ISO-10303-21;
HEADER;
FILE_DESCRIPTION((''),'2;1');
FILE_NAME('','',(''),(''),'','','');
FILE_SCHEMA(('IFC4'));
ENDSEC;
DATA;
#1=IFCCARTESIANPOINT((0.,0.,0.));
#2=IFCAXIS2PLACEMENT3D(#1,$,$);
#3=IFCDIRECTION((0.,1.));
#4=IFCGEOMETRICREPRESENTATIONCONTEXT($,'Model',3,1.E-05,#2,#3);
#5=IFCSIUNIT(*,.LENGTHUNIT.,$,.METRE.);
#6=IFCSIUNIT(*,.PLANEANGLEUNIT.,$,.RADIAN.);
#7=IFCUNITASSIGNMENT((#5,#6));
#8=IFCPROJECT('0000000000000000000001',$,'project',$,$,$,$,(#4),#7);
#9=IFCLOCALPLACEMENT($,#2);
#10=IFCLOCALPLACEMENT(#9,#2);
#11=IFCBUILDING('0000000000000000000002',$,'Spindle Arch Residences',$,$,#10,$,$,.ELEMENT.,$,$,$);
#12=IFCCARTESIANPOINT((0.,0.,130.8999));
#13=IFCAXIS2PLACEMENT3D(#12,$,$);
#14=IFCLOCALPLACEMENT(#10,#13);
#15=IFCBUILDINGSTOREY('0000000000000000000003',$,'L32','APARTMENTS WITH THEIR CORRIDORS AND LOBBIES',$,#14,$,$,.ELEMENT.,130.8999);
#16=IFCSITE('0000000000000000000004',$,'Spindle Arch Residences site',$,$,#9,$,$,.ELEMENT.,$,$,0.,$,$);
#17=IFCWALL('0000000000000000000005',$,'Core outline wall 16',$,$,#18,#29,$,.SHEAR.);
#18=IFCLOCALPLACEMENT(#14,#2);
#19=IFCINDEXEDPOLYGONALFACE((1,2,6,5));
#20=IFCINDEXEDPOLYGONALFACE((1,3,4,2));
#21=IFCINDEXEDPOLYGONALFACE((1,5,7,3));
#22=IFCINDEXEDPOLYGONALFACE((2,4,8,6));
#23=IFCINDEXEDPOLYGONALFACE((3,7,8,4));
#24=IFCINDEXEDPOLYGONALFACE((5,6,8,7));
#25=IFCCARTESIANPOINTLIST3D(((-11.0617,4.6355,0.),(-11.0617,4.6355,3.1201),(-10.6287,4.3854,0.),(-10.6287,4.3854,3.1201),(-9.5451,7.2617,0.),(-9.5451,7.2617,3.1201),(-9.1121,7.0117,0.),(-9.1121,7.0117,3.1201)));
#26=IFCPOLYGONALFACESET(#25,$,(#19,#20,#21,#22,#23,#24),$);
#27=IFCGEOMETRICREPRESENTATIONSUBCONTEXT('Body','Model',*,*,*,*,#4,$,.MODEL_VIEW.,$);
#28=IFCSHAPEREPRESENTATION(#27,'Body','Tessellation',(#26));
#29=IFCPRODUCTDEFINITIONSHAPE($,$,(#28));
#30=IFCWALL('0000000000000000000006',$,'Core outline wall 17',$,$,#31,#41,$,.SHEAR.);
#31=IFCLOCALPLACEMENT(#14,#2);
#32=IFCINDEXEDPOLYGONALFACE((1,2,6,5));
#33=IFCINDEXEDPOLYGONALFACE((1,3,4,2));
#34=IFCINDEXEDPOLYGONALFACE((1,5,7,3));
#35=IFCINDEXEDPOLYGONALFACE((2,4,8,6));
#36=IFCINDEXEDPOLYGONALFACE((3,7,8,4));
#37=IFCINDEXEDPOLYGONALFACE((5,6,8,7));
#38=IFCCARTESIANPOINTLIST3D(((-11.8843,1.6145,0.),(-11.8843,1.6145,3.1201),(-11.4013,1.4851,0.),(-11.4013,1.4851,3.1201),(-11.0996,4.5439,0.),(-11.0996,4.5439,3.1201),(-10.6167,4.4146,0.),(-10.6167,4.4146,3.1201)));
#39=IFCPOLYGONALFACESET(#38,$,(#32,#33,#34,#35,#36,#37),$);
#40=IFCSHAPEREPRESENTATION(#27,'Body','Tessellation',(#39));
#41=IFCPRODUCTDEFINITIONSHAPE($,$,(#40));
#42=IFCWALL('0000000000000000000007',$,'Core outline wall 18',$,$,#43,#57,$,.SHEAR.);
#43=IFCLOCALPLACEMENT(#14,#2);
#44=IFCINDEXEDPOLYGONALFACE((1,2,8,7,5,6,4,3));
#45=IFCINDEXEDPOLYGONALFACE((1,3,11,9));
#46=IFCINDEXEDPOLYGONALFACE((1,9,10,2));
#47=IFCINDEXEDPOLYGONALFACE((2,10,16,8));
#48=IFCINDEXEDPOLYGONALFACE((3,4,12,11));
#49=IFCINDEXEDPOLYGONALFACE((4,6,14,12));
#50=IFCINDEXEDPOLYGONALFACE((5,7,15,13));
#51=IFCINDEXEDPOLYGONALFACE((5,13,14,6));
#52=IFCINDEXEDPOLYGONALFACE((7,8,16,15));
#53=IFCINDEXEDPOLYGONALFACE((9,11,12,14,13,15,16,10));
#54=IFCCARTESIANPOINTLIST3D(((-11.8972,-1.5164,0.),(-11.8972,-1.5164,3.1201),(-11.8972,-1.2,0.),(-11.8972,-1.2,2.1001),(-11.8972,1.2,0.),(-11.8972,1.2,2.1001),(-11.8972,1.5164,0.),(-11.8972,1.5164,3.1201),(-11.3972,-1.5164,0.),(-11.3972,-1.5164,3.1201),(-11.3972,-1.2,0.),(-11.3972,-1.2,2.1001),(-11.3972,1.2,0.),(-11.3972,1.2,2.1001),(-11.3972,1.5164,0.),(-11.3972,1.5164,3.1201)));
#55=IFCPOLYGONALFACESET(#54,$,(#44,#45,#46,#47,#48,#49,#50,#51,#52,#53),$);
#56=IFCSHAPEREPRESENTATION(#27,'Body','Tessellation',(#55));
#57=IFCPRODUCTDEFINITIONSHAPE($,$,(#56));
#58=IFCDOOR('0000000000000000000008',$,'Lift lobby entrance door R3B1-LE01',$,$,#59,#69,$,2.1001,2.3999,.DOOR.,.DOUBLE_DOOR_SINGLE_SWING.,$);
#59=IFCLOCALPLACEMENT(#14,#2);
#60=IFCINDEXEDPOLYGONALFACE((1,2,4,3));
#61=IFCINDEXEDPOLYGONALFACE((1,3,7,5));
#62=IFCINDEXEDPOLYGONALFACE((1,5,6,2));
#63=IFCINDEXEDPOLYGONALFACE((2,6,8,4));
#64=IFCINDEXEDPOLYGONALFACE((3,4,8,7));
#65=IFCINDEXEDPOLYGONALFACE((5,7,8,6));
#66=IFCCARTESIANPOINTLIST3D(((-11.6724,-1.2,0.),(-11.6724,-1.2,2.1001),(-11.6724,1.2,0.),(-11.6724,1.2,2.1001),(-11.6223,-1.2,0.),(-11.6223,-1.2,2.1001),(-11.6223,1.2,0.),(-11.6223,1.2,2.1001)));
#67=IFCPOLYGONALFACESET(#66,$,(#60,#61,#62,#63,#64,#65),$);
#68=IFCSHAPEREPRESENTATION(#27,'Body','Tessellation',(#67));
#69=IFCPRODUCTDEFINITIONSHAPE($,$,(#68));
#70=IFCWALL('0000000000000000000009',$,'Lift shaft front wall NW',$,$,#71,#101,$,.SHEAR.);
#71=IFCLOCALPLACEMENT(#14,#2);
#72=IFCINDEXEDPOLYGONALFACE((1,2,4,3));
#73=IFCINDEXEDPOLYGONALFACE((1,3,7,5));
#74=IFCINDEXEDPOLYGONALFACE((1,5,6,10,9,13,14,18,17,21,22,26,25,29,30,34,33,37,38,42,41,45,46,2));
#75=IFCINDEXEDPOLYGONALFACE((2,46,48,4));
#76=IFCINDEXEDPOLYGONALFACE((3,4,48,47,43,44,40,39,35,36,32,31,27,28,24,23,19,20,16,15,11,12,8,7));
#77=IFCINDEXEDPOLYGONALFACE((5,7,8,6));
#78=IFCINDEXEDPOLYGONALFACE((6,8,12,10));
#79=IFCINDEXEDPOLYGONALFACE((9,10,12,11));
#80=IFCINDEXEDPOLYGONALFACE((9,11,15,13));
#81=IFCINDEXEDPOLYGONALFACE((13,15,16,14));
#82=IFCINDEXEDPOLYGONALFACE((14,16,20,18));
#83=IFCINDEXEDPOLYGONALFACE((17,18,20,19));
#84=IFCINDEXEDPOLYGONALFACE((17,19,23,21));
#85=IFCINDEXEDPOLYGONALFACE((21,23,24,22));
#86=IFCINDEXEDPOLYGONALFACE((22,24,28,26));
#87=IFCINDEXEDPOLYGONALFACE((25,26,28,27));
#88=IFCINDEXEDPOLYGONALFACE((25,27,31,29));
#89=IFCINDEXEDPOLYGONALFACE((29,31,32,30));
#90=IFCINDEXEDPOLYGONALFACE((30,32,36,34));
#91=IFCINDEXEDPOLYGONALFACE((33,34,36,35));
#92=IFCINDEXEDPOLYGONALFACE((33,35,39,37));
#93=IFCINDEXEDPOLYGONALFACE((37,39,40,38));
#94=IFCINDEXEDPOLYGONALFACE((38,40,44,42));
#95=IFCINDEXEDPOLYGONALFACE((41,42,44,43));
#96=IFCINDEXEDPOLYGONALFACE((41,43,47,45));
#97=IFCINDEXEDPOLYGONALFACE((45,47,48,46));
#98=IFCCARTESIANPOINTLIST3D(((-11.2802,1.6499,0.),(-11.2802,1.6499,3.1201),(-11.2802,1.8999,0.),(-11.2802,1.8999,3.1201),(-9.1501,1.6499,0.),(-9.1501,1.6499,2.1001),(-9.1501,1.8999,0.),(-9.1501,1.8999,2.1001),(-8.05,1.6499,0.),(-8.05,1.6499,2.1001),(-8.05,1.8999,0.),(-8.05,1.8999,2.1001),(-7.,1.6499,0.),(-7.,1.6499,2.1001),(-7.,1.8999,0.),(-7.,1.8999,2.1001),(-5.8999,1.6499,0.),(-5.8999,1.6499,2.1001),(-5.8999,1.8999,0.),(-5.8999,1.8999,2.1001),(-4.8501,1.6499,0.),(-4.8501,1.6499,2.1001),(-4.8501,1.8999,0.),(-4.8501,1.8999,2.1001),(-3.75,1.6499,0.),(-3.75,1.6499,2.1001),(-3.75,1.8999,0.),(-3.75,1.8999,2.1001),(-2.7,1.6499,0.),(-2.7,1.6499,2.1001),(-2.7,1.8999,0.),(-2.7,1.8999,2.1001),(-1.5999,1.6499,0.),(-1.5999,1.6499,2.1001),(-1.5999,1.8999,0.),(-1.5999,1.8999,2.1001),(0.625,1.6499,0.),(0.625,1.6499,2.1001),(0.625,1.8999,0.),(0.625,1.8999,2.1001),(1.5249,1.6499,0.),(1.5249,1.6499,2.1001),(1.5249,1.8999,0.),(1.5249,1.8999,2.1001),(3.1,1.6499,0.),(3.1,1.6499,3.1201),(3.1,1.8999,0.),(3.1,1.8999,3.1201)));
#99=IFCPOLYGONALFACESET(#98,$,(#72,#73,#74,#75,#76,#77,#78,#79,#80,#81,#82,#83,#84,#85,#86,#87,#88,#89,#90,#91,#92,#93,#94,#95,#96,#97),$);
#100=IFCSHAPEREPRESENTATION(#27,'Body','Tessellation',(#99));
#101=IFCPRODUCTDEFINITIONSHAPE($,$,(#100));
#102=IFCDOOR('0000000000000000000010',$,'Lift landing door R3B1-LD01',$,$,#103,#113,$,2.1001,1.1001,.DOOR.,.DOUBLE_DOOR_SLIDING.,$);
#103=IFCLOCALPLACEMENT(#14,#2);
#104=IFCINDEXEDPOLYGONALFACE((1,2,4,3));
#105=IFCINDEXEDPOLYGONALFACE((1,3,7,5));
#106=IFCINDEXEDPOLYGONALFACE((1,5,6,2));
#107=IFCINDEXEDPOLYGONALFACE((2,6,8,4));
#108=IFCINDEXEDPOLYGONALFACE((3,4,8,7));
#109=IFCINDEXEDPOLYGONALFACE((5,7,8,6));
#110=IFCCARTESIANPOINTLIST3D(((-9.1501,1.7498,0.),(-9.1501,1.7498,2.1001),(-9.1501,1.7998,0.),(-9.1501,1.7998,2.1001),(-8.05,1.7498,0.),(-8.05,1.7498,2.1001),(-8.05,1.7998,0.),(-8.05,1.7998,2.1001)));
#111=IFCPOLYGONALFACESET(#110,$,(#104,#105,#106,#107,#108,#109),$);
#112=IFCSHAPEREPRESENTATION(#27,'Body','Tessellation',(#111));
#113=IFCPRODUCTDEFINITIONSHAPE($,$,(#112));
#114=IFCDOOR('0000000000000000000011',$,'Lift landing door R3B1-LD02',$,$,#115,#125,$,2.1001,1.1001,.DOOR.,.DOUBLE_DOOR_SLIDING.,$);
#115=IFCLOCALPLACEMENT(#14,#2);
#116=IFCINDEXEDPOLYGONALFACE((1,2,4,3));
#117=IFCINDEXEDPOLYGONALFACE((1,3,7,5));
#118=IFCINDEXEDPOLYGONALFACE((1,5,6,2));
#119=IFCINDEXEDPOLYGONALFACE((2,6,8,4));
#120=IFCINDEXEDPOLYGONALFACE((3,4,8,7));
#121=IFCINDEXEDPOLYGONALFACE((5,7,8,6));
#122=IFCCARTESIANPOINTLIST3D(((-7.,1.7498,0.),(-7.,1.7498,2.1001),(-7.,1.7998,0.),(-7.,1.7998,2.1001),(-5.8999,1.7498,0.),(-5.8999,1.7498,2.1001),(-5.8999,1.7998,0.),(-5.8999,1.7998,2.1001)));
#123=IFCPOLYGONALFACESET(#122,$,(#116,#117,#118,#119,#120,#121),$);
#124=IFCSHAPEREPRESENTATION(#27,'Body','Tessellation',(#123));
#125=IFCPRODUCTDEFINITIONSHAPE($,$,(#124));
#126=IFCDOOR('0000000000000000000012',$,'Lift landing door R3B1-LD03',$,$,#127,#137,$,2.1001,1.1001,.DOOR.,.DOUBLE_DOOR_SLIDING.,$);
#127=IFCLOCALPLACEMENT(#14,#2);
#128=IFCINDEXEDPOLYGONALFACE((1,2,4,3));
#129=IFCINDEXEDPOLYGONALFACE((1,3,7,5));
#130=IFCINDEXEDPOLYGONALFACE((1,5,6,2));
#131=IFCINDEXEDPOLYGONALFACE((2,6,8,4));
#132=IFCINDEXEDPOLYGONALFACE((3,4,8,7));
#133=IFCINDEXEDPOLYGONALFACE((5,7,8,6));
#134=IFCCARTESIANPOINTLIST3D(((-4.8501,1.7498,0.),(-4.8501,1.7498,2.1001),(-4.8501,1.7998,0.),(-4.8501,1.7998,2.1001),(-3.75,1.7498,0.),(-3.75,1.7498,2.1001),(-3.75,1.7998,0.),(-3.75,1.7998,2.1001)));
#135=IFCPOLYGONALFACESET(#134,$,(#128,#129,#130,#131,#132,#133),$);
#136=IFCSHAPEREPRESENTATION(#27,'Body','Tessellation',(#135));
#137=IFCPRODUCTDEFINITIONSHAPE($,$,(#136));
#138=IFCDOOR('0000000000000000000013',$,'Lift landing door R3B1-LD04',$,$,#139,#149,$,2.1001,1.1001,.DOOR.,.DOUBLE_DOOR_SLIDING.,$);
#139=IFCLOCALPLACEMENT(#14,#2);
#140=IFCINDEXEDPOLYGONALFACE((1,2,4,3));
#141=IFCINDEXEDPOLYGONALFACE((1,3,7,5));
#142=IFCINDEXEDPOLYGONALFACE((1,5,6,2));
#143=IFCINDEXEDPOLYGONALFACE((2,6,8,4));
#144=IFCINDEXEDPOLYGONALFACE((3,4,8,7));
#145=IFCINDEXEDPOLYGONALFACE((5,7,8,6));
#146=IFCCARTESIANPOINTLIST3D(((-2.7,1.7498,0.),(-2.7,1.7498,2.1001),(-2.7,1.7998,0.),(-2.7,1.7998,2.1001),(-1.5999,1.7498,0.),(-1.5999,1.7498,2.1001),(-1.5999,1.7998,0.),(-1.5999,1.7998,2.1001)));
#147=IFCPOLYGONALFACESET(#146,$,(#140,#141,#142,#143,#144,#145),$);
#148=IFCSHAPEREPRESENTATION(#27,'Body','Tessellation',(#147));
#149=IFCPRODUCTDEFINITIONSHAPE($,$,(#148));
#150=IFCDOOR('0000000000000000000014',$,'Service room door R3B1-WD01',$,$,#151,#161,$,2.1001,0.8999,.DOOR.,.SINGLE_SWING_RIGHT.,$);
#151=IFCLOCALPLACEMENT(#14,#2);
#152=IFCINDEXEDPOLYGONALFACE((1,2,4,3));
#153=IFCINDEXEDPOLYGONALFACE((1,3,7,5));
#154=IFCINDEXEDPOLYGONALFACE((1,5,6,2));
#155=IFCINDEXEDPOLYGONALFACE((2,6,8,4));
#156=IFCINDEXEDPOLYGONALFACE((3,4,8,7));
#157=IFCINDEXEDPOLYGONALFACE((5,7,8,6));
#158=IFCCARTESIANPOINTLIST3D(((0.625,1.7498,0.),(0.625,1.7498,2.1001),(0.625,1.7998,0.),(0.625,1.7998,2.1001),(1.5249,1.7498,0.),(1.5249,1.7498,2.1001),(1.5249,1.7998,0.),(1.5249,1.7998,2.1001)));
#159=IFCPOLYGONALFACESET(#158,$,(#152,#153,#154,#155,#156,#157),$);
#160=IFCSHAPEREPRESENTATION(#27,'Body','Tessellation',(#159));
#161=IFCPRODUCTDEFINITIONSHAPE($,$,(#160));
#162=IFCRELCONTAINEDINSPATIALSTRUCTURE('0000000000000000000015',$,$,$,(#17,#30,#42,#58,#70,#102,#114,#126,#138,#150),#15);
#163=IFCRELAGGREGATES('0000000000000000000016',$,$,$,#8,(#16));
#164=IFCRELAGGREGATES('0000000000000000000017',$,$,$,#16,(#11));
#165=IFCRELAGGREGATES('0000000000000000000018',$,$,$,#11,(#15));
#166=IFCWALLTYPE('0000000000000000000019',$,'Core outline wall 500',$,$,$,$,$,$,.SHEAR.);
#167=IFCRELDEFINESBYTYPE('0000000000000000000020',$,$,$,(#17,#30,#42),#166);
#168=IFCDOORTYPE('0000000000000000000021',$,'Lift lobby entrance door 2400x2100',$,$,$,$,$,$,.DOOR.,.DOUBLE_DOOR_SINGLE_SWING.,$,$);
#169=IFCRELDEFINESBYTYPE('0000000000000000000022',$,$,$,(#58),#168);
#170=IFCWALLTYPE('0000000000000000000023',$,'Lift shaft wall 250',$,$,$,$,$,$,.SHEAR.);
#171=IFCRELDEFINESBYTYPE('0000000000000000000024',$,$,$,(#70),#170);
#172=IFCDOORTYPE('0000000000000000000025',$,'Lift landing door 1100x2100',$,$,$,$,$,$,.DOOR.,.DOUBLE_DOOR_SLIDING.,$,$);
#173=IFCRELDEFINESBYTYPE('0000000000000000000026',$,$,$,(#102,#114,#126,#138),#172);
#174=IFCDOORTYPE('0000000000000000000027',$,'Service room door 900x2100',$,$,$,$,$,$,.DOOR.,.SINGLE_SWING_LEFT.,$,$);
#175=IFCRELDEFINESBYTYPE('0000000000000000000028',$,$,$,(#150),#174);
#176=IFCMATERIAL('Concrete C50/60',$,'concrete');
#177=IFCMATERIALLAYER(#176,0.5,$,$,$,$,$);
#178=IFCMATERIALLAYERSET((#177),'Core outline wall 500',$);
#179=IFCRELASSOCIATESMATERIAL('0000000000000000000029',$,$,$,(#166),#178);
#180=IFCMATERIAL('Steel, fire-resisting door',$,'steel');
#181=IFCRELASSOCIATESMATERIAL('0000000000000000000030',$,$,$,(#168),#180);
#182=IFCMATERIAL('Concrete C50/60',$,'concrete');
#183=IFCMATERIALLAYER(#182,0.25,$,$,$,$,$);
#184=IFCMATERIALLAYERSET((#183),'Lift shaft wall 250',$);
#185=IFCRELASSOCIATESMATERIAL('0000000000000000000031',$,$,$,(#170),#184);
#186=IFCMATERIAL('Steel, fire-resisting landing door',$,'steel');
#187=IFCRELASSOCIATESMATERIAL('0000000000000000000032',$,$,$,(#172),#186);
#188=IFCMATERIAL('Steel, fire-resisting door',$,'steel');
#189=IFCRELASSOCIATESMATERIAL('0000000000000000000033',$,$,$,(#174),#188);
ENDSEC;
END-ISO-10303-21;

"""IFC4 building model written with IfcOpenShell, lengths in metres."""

from ifc_helpers import new_model, si_unit, direction, frame, frame_2d, origin, place, context, subcontext, project, spatial, rectangle, extrude, material, layer, layer_set, type_object, element, fill, save


model = new_model("IFC4")

# Units and contexts
model_context = context("Model", 3, precision=1e-05, world=origin(), true_north=direction((0.0, 1.0)))
body_context = subcontext(model_context, "Body", "Model", "MODEL_VIEW")
ifc_project = project(units=[si_unit("LENGTHUNIT", "METRE"), si_unit("PLANEANGLEUNIT", "RADIAN")], contexts=[model_context])

# Site, building, storey
site_placement = place(None, origin())
site = spatial("IfcSite", under=ifc_project, at=site_placement, Name="Spindle Arch Residences site", CompositionType="ELEMENT", RefElevation=0.0)
building_placement = place(site_placement, origin())
building = spatial("IfcBuilding", under=site, at=building_placement, Name="Spindle Arch Residences", CompositionType="ELEMENT")
storey_placement = place(building_placement, frame((0.0, 0.0, 130.8999)))
storey = spatial("IfcBuildingStorey", under=building, at=storey_placement, Name="L32", Description="APARTMENTS WITH THEIR CORRIDORS AND LOBBIES", CompositionType="ELEMENT", Elevation=130.8999)

# Walls
ifc_material_1 = material(Name="Concrete C50/60", Category="concrete")
ifc_layer_1 = layer(ifc_material_1, 0.5)
ifc_layer_set_1 = layer_set([ifc_layer_1], Name="Core outline wall 500")
wall_type_1 = type_object("IfcWallType", Name="Core outline wall 500", PredefinedType="SHEAR", material=ifc_layer_set_1)
for number, where, z_axis, x_axis, name in (
    (1, (-9.3286, 7.1367, 0.0), (0.0, 0.0, 1.0), (-0.500087, -0.865975, 0.0), "Core outline wall 16"),
    (2, (-10.8582, 4.4792, 0.0), (0.0, 0.0, 1.0), (-0.258735, -0.965948, 0.0), "Core outline wall 17"),
):
    element("IfcWall", number, at=place(storey_placement, frame(where, z_axis=z_axis, x_axis=x_axis)), inside=storey, type_object=wall_type_1, Name=name, PredefinedType="SHEAR", context=body_context, shape_type="SweptSolid", body=[
        extrude(rectangle(XDim=3.0327, YDim=0.5, at=frame_2d((1.5164, 0.0))), origin(), (0.0, 0.0, 1.0), 3.1201),
    ])

# Wall, opening, door
wall_1_placement = place(storey_placement, frame((-11.6472, 1.5164, 0.0), z_axis=(0.0, 0.0, 1.0), x_axis=(0.0, -1.0, 0.0)))
wall_1 = element("IfcWall", 3, at=wall_1_placement, inside=storey, type_object=wall_type_1, Name="Core outline wall 18", PredefinedType="SHEAR", context=body_context, shape_type="SweptSolid", body=[
    extrude(rectangle(XDim=3.0327, YDim=0.5, at=frame_2d((1.5164, 0.0))), origin(), (0.0, 0.0, 1.0), 3.1201),
])
opening_1_placement = place(wall_1_placement, frame((0.3164, 0.0, 0.0)))
opening_1 = element("IfcOpeningElement", 4, at=opening_1_placement, cuts=wall_1, PredefinedType="OPENING", context=body_context, shape_type="SweptSolid", body=[
    extrude(rectangle(XDim=2.3999, YDim=2.1001, at=frame_2d((1.2, 1.05))), frame((0.0, 0.26, 0.0), z_axis=(0.0, -1.0, 0.0), x_axis=(1.0, 0.0, 0.0)), (0.0, 0.0, 1.0), 0.52),
])
ifc_material_2 = material(Name="Steel, fire-resisting door", Category="steel")
door_type_1 = type_object("IfcDoorType", Name="Lift lobby entrance door 2400x2100", OperationType="DOUBLE_DOOR_SINGLE_SWING", PredefinedType="DOOR", material=ifc_material_2)
door_1_placement = place(opening_1_placement, origin())
door_1 = element("IfcDoor", 5, at=door_1_placement, inside=storey, type_object=door_type_1, Name="Lift lobby entrance door R3B1-LE01", OperationType="DOUBLE_DOOR_SINGLE_SWING", OverallHeight=2.1001, OverallWidth=2.3999, PredefinedType="DOOR", context=body_context, shape_type="SweptSolid", body=[
    extrude(rectangle(XDim=2.3999, YDim=2.1001, at=frame_2d((1.2, 1.05))), frame((0.0, 0.0249, 0.0), z_axis=(0.0, -1.0, 0.0), x_axis=(1.0, 0.0, 0.0)), (0.0, 0.0, 1.0), 0.05),
])
fill(opening_1, door_1)

# Wall, openings, doors
ifc_material_3 = material(Name="Concrete C50/60", Category="concrete")
ifc_layer_2 = layer(ifc_material_3, 0.25)
ifc_layer_set_2 = layer_set([ifc_layer_2], Name="Lift shaft wall 250")
wall_type_2 = type_object("IfcWallType", Name="Lift shaft wall 250", PredefinedType="SHEAR", material=ifc_layer_set_2)
wall_2_placement = place(storey_placement, frame((-11.28, 1.7749, 0.0), z_axis=(0.0, 0.0, 1.0), x_axis=(1.0, 0.0, 0.0)))
wall_2 = element("IfcWall", 6, at=wall_2_placement, inside=storey, type_object=wall_type_2, Name="Lift shaft front wall NW", PredefinedType="SHEAR", context=body_context, shape_type="SweptSolid", body=[
    extrude(rectangle(XDim=14.3801, YDim=0.25, at=frame_2d((7.1899, 0.0))), origin(), (0.0, 0.0, 1.0), 3.1201),
])
opening_2_placement = place(wall_2_placement, frame((2.1299, 0.0, 0.0)))
opening_2 = element("IfcOpeningElement", 7, at=opening_2_placement, cuts=wall_2, PredefinedType="OPENING", context=body_context, shape_type="SweptSolid", body=[
    extrude(rectangle(XDim=1.1001, YDim=2.1001, at=frame_2d((0.55, 1.05))), frame((0.0, 0.135, 0.0), z_axis=(0.0, -1.0, 0.0), x_axis=(1.0, 0.0, 0.0)), (0.0, 0.0, 1.0), 0.27),
])
opening_3_placement = place(wall_2_placement, frame((4.28, 0.0, 0.0)))
opening_3 = element("IfcOpeningElement", 8, at=opening_3_placement, cuts=wall_2, PredefinedType="OPENING", context=body_context, shape_type="SweptSolid", body=[
    extrude(rectangle(XDim=1.1001, YDim=2.1001, at=frame_2d((0.55, 1.05))), frame((0.0, 0.135, 0.0), z_axis=(0.0, -1.0, 0.0), x_axis=(1.0, 0.0, 0.0)), (0.0, 0.0, 1.0), 0.27),
])
opening_4_placement = place(wall_2_placement, frame((6.4299, 0.0, 0.0)))
opening_4 = element("IfcOpeningElement", 9, at=opening_4_placement, cuts=wall_2, PredefinedType="OPENING", context=body_context, shape_type="SweptSolid", body=[
    extrude(rectangle(XDim=1.1001, YDim=2.1001, at=frame_2d((0.55, 1.05))), frame((0.0, 0.135, 0.0), z_axis=(0.0, -1.0, 0.0), x_axis=(1.0, 0.0, 0.0)), (0.0, 0.0, 1.0), 0.27),
])
opening_5_placement = place(wall_2_placement, frame((8.5801, 0.0, 0.0)))
opening_5 = element("IfcOpeningElement", 10, at=opening_5_placement, cuts=wall_2, PredefinedType="OPENING", context=body_context, shape_type="SweptSolid", body=[
    extrude(rectangle(XDim=1.1001, YDim=2.1001, at=frame_2d((0.55, 1.05))), frame((0.0, 0.135, 0.0), z_axis=(0.0, -1.0, 0.0), x_axis=(1.0, 0.0, 0.0)), (0.0, 0.0, 1.0), 0.27),
])
opening_6_placement = place(wall_2_placement, frame((11.905, 0.0, 0.0)))
opening_6 = element("IfcOpeningElement", 11, at=opening_6_placement, cuts=wall_2, PredefinedType="OPENING", context=body_context, shape_type="SweptSolid", body=[
    extrude(rectangle(XDim=0.8999, YDim=2.1001, at=frame_2d((0.45, 1.05))), frame((0.0, 0.135, 0.0), z_axis=(0.0, -1.0, 0.0), x_axis=(1.0, 0.0, 0.0)), (0.0, 0.0, 1.0), 0.27),
])
ifc_material_4 = material(Name="Steel, fire-resisting landing door", Category="steel")
door_type_2 = type_object("IfcDoorType", Name="Lift landing door 1100x2100", OperationType="DOUBLE_DOOR_SLIDING", PredefinedType="DOOR", material=ifc_material_4)
door_2_placement = place(opening_2_placement, origin())
door_2 = element("IfcDoor", 12, at=door_2_placement, inside=storey, type_object=door_type_2, Name="Lift landing door R3B1-LD01", OperationType="DOUBLE_DOOR_SLIDING", OverallHeight=2.1001, OverallWidth=1.1001, PredefinedType="DOOR", context=body_context, shape_type="SweptSolid", body=[
    extrude(rectangle(XDim=1.1001, YDim=2.1001, at=frame_2d((0.55, 1.05))), frame((0.0, 0.0249, 0.0), z_axis=(0.0, -1.0, 0.0), x_axis=(1.0, 0.0, 0.0)), (0.0, 0.0, 1.0), 0.05),
])
fill(opening_2, door_2)
door_3_placement = place(opening_3_placement, origin())
door_3 = element("IfcDoor", 13, at=door_3_placement, inside=storey, type_object=door_type_2, Name="Lift landing door R3B1-LD02", OperationType="DOUBLE_DOOR_SLIDING", OverallHeight=2.1001, OverallWidth=1.1001, PredefinedType="DOOR", context=body_context, shape_type="SweptSolid", body=[
    extrude(rectangle(XDim=1.1001, YDim=2.1001, at=frame_2d((0.55, 1.05))), frame((0.0, 0.0249, 0.0), z_axis=(0.0, -1.0, 0.0), x_axis=(1.0, 0.0, 0.0)), (0.0, 0.0, 1.0), 0.05),
])
fill(opening_3, door_3)
door_4_placement = place(opening_4_placement, origin())
door_4 = element("IfcDoor", 14, at=door_4_placement, inside=storey, type_object=door_type_2, Name="Lift landing door R3B1-LD03", OperationType="DOUBLE_DOOR_SLIDING", OverallHeight=2.1001, OverallWidth=1.1001, PredefinedType="DOOR", context=body_context, shape_type="SweptSolid", body=[
    extrude(rectangle(XDim=1.1001, YDim=2.1001, at=frame_2d((0.55, 1.05))), frame((0.0, 0.0249, 0.0), z_axis=(0.0, -1.0, 0.0), x_axis=(1.0, 0.0, 0.0)), (0.0, 0.0, 1.0), 0.05),
])
fill(opening_4, door_4)
door_5_placement = place(opening_5_placement, origin())
door_5 = element("IfcDoor", 15, at=door_5_placement, inside=storey, type_object=door_type_2, Name="Lift landing door R3B1-LD04", OperationType="DOUBLE_DOOR_SLIDING", OverallHeight=2.1001, OverallWidth=1.1001, PredefinedType="DOOR", context=body_context, shape_type="SweptSolid", body=[
    extrude(rectangle(XDim=1.1001, YDim=2.1001, at=frame_2d((0.55, 1.05))), frame((0.0, 0.0249, 0.0), z_axis=(0.0, -1.0, 0.0), x_axis=(1.0, 0.0, 0.0)), (0.0, 0.0, 1.0), 0.05),
])
fill(opening_5, door_5)
ifc_material_5 = material(Name="Steel, fire-resisting door", Category="steel")
door_type_3 = type_object("IfcDoorType", Name="Service room door 900x2100", OperationType="SINGLE_SWING_LEFT", PredefinedType="DOOR", material=ifc_material_5)
door_6_placement = place(opening_6_placement, origin())
door_6 = element("IfcDoor", 16, at=door_6_placement, inside=storey, type_object=door_type_3, Name="Service room door R3B1-WD01", OperationType="SINGLE_SWING_RIGHT", OverallHeight=2.1001, OverallWidth=0.8999, PredefinedType="DOOR", context=body_context, shape_type="SweptSolid", body=[
    extrude(rectangle(XDim=0.8999, YDim=2.1001, at=frame_2d((0.45, 1.05))), frame((0.0, 0.0249, 0.0), z_axis=(0.0, -1.0, 0.0), x_axis=(1.0, 0.0, 0.0)), (0.0, 0.0, 1.0), 0.05),
])
fill(opening_6, door_6)

save(model, "model.ifc")
